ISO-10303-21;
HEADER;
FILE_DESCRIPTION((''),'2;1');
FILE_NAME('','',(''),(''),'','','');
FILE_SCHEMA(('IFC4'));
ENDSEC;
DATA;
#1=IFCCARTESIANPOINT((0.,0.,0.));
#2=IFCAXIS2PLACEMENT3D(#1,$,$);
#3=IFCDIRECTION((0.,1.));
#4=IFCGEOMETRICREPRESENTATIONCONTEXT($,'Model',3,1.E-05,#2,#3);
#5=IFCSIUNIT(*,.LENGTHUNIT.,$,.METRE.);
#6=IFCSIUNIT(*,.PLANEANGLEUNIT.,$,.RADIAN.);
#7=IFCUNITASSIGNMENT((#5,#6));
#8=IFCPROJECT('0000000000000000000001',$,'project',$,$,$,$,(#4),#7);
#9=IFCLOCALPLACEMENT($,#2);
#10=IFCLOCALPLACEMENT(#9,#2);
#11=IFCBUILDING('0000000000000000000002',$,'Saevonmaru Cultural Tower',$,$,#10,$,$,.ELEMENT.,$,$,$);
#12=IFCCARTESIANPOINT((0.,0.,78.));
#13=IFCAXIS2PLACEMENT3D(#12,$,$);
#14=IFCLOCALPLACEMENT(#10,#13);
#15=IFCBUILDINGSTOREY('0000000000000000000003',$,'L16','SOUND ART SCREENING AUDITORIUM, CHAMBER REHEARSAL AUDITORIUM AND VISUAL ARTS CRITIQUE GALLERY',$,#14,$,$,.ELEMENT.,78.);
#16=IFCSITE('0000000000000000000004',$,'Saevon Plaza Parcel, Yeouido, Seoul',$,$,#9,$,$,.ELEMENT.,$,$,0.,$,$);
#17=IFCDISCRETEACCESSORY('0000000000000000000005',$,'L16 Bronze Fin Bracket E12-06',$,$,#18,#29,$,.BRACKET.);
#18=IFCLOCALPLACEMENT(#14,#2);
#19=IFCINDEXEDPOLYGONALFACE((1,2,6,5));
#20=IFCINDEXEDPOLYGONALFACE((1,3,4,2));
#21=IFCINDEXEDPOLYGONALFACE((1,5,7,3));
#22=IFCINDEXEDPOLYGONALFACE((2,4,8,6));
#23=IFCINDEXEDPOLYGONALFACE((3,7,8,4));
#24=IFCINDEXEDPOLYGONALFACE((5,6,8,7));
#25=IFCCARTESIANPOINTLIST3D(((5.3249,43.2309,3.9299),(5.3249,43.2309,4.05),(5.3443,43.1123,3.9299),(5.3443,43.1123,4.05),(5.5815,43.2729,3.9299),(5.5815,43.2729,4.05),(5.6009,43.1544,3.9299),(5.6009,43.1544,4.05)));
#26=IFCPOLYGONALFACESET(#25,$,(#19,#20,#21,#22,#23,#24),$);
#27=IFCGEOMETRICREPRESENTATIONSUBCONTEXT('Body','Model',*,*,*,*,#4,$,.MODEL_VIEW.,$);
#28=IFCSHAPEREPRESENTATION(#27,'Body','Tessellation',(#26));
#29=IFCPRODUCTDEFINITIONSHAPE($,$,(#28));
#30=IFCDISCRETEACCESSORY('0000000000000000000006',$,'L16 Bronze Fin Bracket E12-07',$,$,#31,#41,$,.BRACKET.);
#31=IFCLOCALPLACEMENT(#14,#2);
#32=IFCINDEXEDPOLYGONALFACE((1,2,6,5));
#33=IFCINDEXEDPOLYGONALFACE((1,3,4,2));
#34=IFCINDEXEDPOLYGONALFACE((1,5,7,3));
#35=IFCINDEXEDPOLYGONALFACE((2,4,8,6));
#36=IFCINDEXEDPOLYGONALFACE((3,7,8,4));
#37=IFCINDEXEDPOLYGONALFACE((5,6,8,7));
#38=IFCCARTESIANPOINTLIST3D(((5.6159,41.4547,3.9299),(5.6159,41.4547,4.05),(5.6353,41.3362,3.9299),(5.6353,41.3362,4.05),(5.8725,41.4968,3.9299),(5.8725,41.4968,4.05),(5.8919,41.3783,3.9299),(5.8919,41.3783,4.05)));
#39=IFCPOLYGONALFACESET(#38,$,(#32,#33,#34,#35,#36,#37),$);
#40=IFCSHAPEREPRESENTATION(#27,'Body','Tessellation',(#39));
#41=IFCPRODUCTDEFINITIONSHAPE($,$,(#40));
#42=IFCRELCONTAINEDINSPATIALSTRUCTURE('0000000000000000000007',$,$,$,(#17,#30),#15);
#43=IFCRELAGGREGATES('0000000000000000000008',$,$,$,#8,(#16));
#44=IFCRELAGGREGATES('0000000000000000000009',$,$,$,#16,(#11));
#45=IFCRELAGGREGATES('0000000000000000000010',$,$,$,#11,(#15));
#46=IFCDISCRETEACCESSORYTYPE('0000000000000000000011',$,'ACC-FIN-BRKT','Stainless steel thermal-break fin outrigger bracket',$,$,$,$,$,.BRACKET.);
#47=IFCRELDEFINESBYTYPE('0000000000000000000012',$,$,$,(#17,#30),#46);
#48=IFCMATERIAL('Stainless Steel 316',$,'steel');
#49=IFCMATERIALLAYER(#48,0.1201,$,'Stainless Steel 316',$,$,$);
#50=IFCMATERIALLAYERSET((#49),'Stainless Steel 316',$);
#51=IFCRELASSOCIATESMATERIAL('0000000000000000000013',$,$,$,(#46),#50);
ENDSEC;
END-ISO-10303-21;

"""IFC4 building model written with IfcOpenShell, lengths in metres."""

from ifc_helpers import new_model, si_unit, direction, frame, origin, origin_2d, place, context, subcontext, project, spatial, rectangle, extrude, material, layer, layer_set, type_object, element, save


model = new_model("IFC4")

# Units and contexts
model_context = context("Model", 3, precision=1e-05, world=origin(), true_north=direction((0.0, 1.0)))
body_context = subcontext(model_context, "Body", "Model", "MODEL_VIEW")
ifc_project = project(units=[si_unit("LENGTHUNIT", "METRE"), si_unit("PLANEANGLEUNIT", "RADIAN")], contexts=[model_context])

# Site, building, storey
site_placement = place(None, origin())
site = spatial("IfcSite", under=ifc_project, at=site_placement, Name="Saevon Plaza Parcel, Yeouido, Seoul", CompositionType="ELEMENT", RefElevation=0.0)
building_placement = place(site_placement, origin())
building = spatial("IfcBuilding", under=site, at=building_placement, Name="Saevonmaru Cultural Tower", CompositionType="ELEMENT")
storey_placement = place(building_placement, frame((0.0, 0.0, 78.0)))
storey = spatial("IfcBuildingStorey", under=building, at=storey_placement, Name="L16", Description="SOUND ART SCREENING AUDITORIUM, CHAMBER REHEARSAL AUDITORIUM AND VISUAL ARTS CRITIQUE GALLERY", CompositionType="ELEMENT", Elevation=78.0)

# Discrete accessories
ifc_material_1 = material(Name="Stainless Steel 316", Category="steel")
ifc_layer_1 = layer(ifc_material_1, 0.1201, Name="Stainless Steel 316")
ifc_layer_set_1 = layer_set([ifc_layer_1], Name="Stainless Steel 316")
discrete_accessory_type = type_object("IfcDiscreteAccessoryType", Name="ACC-FIN-BRKT", Description="Stainless steel thermal-break fin outrigger bracket", PredefinedType="BRACKET", material=ifc_layer_set_1)
for number, where, z_axis, x_axis, name in (
    (1, (5.4629, 43.1926, 3.9299), (0.0, 0.0, 1.0), (-0.986827, -0.161776, 0.0), "L16 Bronze Fin Bracket E12-06"),
    (2, (5.7539, 41.4165, 3.9299), (0.0, 0.0, 1.0), (-0.986827, -0.161776, 0.0), "L16 Bronze Fin Bracket E12-07"),
):
    element("IfcDiscreteAccessory", number, at=place(storey_placement, frame(where, z_axis=z_axis, x_axis=x_axis)), inside=storey, type_object=discrete_accessory_type, Name=name, PredefinedType="BRACKET", context=body_context, shape_type="SweptSolid", body=[
        extrude(rectangle(XDim=0.26, YDim=0.1201, at=origin_2d()), origin(), (0.0, 0.0, 1.0), 0.1201),
    ])

save(model, "model.ifc")
